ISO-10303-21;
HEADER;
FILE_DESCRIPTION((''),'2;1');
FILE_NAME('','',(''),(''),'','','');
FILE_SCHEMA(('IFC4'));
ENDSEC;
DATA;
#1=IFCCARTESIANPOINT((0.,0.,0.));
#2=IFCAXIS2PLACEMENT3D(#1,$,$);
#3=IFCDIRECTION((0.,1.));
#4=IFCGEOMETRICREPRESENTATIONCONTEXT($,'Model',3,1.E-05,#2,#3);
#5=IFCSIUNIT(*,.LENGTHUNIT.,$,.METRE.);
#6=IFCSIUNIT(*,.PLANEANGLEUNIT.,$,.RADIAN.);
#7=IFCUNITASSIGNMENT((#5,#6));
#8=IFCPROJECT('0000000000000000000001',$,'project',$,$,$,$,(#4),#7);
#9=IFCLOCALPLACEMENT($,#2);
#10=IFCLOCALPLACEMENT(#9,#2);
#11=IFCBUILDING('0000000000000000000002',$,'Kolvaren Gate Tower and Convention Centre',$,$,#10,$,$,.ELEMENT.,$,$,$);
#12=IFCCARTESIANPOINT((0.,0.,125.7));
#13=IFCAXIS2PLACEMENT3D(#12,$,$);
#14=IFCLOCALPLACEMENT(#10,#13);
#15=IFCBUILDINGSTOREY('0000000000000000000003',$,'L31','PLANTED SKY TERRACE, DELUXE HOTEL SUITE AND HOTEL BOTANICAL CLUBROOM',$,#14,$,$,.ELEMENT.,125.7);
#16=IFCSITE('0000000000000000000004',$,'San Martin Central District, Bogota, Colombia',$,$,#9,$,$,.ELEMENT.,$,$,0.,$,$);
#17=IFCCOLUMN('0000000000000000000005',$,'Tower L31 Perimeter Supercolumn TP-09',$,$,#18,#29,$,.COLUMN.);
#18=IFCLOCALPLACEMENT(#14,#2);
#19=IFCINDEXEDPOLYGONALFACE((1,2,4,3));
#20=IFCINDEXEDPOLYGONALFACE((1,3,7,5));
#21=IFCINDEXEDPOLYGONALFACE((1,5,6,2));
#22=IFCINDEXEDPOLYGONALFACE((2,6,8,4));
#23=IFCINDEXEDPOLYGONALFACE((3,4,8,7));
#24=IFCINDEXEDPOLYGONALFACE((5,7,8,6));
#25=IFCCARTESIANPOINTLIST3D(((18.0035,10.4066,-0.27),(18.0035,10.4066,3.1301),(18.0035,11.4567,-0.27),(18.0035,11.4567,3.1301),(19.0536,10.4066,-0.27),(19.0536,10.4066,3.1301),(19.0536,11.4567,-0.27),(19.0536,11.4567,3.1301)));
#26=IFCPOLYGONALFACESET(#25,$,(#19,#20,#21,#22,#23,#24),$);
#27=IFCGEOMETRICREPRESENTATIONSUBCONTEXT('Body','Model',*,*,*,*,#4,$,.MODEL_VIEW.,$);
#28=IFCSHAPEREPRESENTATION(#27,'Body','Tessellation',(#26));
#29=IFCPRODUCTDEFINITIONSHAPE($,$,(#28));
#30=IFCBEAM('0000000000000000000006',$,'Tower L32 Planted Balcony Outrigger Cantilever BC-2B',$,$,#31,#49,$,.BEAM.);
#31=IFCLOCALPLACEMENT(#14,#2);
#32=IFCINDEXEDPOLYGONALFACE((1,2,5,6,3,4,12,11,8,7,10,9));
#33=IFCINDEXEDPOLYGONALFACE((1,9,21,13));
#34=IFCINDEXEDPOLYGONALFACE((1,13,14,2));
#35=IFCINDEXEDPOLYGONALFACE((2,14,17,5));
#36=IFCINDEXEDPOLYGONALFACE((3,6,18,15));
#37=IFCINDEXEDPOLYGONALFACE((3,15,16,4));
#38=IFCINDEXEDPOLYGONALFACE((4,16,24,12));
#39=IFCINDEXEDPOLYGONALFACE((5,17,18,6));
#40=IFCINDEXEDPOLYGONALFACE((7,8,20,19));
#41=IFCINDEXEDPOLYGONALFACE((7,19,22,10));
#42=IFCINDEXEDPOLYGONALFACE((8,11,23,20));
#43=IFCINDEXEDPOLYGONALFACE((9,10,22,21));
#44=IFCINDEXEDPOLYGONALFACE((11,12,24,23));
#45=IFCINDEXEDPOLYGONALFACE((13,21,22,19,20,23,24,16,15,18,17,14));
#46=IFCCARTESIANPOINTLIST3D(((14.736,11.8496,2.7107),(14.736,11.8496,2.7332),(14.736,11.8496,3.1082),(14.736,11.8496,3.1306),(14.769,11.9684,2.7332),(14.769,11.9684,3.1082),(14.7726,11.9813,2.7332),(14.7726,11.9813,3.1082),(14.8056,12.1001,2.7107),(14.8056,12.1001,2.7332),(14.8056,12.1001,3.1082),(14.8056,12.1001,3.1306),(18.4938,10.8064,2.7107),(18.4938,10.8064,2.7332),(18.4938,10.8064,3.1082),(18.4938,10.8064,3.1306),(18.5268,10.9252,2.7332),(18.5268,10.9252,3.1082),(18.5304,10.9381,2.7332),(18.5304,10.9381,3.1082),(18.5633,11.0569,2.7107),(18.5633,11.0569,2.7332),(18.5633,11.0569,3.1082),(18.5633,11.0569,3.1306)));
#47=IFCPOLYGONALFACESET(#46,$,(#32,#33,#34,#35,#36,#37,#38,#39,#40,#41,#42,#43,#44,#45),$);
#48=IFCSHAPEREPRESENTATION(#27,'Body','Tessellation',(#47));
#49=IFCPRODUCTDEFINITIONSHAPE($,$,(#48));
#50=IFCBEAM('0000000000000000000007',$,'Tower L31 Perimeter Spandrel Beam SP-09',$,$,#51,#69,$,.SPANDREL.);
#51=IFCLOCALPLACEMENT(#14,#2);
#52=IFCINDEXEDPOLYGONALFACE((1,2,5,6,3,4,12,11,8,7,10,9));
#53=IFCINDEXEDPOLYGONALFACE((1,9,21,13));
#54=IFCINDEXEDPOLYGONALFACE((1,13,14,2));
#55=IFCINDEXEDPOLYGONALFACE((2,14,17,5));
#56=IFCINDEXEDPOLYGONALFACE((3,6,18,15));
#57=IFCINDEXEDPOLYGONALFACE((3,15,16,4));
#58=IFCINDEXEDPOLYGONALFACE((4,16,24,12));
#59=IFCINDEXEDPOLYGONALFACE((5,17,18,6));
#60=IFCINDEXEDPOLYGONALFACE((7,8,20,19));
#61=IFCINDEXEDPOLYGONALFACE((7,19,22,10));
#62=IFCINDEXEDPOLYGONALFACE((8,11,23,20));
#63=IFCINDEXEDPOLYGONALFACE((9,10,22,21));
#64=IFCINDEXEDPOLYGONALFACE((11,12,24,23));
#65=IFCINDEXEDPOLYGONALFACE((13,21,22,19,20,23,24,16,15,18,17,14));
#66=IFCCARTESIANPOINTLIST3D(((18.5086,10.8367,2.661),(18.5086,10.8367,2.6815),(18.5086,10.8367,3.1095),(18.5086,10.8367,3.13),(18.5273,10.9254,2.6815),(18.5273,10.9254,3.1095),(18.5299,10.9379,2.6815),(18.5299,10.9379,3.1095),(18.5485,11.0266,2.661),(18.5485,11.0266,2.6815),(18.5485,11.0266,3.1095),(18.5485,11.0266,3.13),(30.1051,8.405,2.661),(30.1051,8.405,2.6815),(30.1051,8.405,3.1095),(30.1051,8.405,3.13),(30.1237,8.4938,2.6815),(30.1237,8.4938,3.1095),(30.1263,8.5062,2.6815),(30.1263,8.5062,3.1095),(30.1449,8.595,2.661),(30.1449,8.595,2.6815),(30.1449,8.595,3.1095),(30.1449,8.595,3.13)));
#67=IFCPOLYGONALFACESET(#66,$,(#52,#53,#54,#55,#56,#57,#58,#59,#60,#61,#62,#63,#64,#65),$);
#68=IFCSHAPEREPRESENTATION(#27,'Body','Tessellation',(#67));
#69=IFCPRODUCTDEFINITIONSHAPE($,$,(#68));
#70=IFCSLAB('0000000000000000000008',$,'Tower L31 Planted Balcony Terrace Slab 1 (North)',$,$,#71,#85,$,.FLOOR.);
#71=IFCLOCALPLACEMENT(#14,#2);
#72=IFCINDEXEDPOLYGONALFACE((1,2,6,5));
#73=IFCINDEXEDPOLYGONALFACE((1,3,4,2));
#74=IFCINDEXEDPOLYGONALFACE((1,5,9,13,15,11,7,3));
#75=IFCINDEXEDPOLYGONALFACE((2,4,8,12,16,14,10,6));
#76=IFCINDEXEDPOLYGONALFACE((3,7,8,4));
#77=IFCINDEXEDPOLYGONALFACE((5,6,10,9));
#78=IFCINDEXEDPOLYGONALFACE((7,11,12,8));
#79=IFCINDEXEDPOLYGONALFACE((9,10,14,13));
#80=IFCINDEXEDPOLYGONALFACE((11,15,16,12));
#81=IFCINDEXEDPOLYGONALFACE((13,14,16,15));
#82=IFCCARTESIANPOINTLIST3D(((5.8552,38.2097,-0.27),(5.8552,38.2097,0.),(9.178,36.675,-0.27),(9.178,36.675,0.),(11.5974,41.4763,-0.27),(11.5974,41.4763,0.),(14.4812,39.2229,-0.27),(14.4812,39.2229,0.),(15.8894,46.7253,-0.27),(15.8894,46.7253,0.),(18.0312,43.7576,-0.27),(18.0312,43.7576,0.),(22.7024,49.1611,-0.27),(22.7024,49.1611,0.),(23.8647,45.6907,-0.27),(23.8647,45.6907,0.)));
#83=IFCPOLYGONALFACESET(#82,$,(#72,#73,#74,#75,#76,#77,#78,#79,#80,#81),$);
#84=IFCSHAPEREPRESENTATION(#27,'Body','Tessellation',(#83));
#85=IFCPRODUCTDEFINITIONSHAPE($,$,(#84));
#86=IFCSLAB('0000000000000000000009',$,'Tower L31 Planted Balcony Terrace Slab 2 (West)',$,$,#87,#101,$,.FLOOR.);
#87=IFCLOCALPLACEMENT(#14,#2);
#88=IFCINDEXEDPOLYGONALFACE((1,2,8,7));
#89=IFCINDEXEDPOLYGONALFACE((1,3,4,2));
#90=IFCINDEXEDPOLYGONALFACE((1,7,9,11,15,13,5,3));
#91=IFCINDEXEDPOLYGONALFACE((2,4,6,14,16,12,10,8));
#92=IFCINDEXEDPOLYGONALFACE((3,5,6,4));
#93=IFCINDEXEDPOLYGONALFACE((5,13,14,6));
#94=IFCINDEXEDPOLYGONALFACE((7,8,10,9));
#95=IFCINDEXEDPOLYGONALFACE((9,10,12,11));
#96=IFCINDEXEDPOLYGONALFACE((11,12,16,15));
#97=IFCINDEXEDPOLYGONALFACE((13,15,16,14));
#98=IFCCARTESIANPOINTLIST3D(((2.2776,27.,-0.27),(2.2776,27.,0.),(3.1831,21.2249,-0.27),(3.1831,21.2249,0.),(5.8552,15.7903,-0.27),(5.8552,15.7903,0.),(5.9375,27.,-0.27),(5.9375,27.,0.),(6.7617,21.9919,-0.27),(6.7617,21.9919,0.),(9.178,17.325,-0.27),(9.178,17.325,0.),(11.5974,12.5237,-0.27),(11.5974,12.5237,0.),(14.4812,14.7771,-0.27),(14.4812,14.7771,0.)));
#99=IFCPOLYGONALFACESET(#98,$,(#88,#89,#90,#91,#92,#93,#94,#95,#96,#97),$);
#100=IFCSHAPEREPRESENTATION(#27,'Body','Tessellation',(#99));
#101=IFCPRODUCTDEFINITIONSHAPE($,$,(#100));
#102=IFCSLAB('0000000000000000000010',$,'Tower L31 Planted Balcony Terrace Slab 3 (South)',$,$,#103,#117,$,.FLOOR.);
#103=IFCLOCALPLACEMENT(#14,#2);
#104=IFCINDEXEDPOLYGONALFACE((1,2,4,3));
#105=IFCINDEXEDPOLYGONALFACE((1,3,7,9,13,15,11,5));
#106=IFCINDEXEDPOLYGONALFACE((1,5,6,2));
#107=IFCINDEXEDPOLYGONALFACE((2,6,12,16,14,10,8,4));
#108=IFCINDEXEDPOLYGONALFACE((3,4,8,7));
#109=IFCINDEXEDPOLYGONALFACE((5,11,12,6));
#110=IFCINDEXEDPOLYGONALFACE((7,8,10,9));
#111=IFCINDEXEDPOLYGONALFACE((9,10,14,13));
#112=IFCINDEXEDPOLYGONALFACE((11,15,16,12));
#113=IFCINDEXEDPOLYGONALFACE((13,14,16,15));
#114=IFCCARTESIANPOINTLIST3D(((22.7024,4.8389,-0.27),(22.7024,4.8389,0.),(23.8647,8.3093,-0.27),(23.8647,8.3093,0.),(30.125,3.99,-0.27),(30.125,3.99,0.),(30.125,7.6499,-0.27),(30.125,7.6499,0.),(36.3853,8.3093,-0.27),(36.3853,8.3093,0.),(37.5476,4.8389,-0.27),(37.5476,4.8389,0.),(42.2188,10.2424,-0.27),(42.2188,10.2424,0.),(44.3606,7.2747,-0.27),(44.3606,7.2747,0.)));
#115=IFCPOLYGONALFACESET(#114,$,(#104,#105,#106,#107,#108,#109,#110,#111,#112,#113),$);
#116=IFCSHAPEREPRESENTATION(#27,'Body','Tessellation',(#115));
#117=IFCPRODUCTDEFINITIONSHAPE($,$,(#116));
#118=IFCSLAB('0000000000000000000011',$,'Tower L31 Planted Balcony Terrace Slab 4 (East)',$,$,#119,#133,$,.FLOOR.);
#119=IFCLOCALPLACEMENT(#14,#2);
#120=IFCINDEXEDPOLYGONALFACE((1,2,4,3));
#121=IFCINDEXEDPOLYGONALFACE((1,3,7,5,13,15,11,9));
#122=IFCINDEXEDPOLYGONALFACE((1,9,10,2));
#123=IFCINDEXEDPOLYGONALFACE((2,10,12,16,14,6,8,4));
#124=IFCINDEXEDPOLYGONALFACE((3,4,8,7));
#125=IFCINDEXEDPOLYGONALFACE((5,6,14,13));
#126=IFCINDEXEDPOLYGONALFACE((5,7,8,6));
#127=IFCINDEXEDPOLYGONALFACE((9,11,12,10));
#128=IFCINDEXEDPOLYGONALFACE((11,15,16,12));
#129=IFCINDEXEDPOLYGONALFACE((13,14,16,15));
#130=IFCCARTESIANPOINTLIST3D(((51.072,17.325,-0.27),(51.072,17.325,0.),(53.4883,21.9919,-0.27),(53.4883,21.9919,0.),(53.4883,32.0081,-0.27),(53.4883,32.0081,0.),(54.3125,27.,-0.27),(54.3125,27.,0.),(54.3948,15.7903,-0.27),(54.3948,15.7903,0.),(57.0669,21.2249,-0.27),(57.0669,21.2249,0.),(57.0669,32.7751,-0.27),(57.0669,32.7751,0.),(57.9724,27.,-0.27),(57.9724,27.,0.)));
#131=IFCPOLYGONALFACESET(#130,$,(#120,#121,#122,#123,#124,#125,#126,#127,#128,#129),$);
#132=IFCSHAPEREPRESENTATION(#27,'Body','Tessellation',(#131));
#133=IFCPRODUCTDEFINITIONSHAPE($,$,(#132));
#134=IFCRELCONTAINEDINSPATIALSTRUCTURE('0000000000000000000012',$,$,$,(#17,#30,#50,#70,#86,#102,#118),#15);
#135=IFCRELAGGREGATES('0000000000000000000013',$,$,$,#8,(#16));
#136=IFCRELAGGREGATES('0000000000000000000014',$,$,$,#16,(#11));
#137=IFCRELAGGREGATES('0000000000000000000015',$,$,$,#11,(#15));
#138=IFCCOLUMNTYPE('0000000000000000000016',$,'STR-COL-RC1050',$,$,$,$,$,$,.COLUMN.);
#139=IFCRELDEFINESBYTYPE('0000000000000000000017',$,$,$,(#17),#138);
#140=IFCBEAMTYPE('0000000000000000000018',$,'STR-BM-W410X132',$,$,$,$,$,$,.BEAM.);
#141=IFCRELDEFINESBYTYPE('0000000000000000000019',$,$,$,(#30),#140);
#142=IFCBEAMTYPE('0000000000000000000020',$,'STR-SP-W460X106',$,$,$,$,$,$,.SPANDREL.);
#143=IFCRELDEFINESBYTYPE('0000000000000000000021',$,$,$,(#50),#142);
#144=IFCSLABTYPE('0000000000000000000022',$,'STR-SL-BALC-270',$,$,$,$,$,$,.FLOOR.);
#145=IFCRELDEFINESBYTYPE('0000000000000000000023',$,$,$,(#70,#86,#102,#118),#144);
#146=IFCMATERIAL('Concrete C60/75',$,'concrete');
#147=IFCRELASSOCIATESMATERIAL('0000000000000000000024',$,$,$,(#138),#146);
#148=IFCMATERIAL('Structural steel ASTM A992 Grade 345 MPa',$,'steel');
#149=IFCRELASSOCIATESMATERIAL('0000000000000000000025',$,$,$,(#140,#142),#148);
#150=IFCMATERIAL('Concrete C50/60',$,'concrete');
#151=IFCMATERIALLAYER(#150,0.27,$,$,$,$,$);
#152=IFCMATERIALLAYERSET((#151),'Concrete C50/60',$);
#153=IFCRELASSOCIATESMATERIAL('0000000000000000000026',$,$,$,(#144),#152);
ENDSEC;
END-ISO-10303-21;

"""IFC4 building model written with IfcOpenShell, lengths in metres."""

from ifc_helpers import new_model, si_unit, direction, frame, origin, origin_2d, place, context, subcontext, project, spatial, polyline, rectangle, i_section, outline, extrude, material, layer, layer_set, material_profile, profile_set, type_object, element, save


model = new_model("IFC4")

# Units and contexts
model_context = context("Model", 3, precision=1e-05, world=origin(), true_north=direction((0.0, 1.0)))
body_context = subcontext(model_context, "Body", "Model", "MODEL_VIEW")
ifc_project = project(units=[si_unit("LENGTHUNIT", "METRE"), si_unit("PLANEANGLEUNIT", "RADIAN")], contexts=[model_context])

# Site, building, storey
site_placement = place(None, origin())
site = spatial("IfcSite", under=ifc_project, at=site_placement, Name="San Martin Central District, Bogota, Colombia", CompositionType="ELEMENT", RefElevation=0.0)
building_placement = place(site_placement, origin())
building = spatial("IfcBuilding", under=site, at=building_placement, Name="Kolvaren Gate Tower and Convention Centre", CompositionType="ELEMENT")
storey_placement = place(building_placement, frame((0.0, 0.0, 125.7)))
storey = spatial("IfcBuildingStorey", under=building, at=storey_placement, Name="L31", Description="PLANTED SKY TERRACE, DELUXE HOTEL SUITE AND HOTEL BOTANICAL CLUBROOM", CompositionType="ELEMENT", Elevation=125.7)

# Column
ifc_material_1 = material(Name="Concrete C60/75", Category="concrete")
ifc_material_profile_1 = material_profile(ifc_material_1, rectangle(XDim=1.05, YDim=1.05, at=origin_2d()), Name="RC-COL-1050X1050")
ifc_profile_set_1 = profile_set([ifc_material_profile_1], Name="Concrete C60/75")
column_type = type_object("IfcColumnType", Name="STR-COL-RC1050", PredefinedType="COLUMN", material=ifc_profile_set_1)
column_placement = place(storey_placement, frame((18.5286, 10.9316, -0.27), z_axis=(0.0, 0.0, 1.0), x_axis=(1.0, 0.0, 0.0)))
element("IfcColumn", 1, at=column_placement, inside=storey, type_object=column_type, Name="Tower L31 Perimeter Supercolumn TP-09", PredefinedType="COLUMN", context=body_context, shape_type="SweptSolid", body=[
    extrude(rectangle(XDim=1.05, YDim=1.05, at=origin_2d()), origin(), (0.0, 0.0, 1.0), 3.4001),
])

# Beams
ifc_material_2 = material(Name="Structural steel ASTM A992 Grade 345 MPa", Category="steel")
ifc_material_profile_2 = material_profile(ifc_material_2, i_section(OverallWidth=0.26, OverallDepth=0.4199, WebThickness=0.0134, FlangeThickness=0.0225, at=origin_2d()), Name="W410X132")
ifc_profile_set_2 = profile_set([ifc_material_profile_2], Name="Structural steel ASTM A992 Grade 345 MPa")
beam_type_1 = type_object("IfcBeamType", Name="STR-BM-W410X132", PredefinedType="BEAM", material=ifc_profile_set_2)
beam_1_placement = place(storey_placement, frame((18.5286, 10.9316, 2.9207), z_axis=(-0.963559, 0.267495, 0.0), x_axis=(-0.267495, -0.963559, 0.0)))
element("IfcBeam", 2, at=beam_1_placement, inside=storey, type_object=beam_type_1, Name="Tower L32 Planted Balcony Outrigger Cantilever BC-2B", PredefinedType="BEAM", context=body_context, shape_type="SweptSolid", body=[
    extrude(i_section(OverallWidth=0.26, OverallDepth=0.4199, WebThickness=0.0134, FlangeThickness=0.0225, at=origin_2d()), origin(), (0.0, 0.0, 1.0), 3.8999),
])
ifc_material_profile_3 = material_profile(ifc_material_2, i_section(OverallWidth=0.1941, OverallDepth=0.469, WebThickness=0.0127, FlangeThickness=0.0205, at=origin_2d()), Name="W460X106")
ifc_profile_set_3 = profile_set([ifc_material_profile_3], Name="Structural steel ASTM A992 Grade 345 MPa")
beam_type_2 = type_object("IfcBeamType", Name="STR-SP-W460X106", PredefinedType="SPANDREL", material=ifc_profile_set_3)
beam_2_placement = place(storey_placement, frame((18.5286, 10.9316, 2.8955), z_axis=(0.978715, -0.205225, 0.0), x_axis=(0.205225, 0.978715, 0.0)))
element("IfcBeam", 3, at=beam_2_placement, inside=storey, type_object=beam_type_2, Name="Tower L31 Perimeter Spandrel Beam SP-09", PredefinedType="SPANDREL", context=body_context, shape_type="SweptSolid", body=[
    extrude(i_section(OverallWidth=0.1941, OverallDepth=0.469, WebThickness=0.0127, FlangeThickness=0.0205, at=origin_2d()), origin(), (0.0, 0.0, 1.0), 11.8486),
])

# Slabs
ifc_material_3 = material(Name="Concrete C50/60", Category="concrete")
ifc_layer_1 = layer(ifc_material_3, 0.27)
ifc_layer_set_1 = layer_set([ifc_layer_1], Name="Concrete C50/60")
slab_type_1 = type_object("IfcSlabType", Name="STR-SL-BALC-270", PredefinedType="FLOOR", material=ifc_layer_set_1)
slab_1_placement = place(storey_placement, frame((0.0, 0.0, -0.27)))
element("IfcSlab", 4, at=slab_1_placement, inside=storey, type_object=slab_type_1, Name="Tower L31 Planted Balcony Terrace Slab 1 (North)", PredefinedType="FLOOR", context=body_context, shape_type="SweptSolid", body=[
    extrude(outline(polyline([(23.8647, 45.6907), (18.0312, 43.7576), (14.4812, 39.2229), (9.178, 36.675), (5.8552, 38.2097), (11.5974, 41.4763), (15.8894, 46.7253), (22.7024, 49.1611), (23.8647, 45.6907)])), origin(), (0.0, 0.0, 1.0), 0.27),
])
slab_2_placement = place(storey_placement, frame((0.0, 0.0, -0.27)))
element("IfcSlab", 5, at=slab_2_placement, inside=storey, type_object=slab_type_1, Name="Tower L31 Planted Balcony Terrace Slab 2 (West)", PredefinedType="FLOOR", context=body_context, shape_type="SweptSolid", body=[
    extrude(outline(polyline([(5.9375, 27.0), (6.7617, 21.9919), (9.178, 17.325), (14.4812, 14.7771), (11.5974, 12.5237), (5.8552, 15.7903), (3.1831, 21.2249), (2.2776, 27.0), (5.9375, 27.0)])), origin(), (0.0, 0.0, 1.0), 0.27),
])
slab_3_placement = place(storey_placement, frame((0.0, 0.0, -0.27)))
element("IfcSlab", 6, at=slab_3_placement, inside=storey, type_object=slab_type_1, Name="Tower L31 Planted Balcony Terrace Slab 3 (South)", PredefinedType="FLOOR", context=body_context, shape_type="SweptSolid", body=[
    extrude(outline(polyline([(23.8647, 8.3093), (30.125, 7.6499), (36.3853, 8.3093), (42.2188, 10.2424), (44.3606, 7.2747), (37.5476, 4.8389), (30.125, 3.99), (22.7024, 4.8389), (23.8647, 8.3093)])), origin(), (0.0, 0.0, 1.0), 0.27),
])
slab_4_placement = place(storey_placement, frame((0.0, 0.0, -0.27)))
element("IfcSlab", 7, at=slab_4_placement, inside=storey, type_object=slab_type_1, Name="Tower L31 Planted Balcony Terrace Slab 4 (East)", PredefinedType="FLOOR", context=body_context, shape_type="SweptSolid", body=[
    extrude(outline(polyline([(51.072, 17.325), (53.4883, 21.9919), (54.3125, 27.0), (53.4883, 32.0081), (57.0669, 32.7751), (57.9724, 27.0), (57.0669, 21.2249), (54.3948, 15.7903), (51.072, 17.325)])), origin(), (0.0, 0.0, 1.0), 0.27),
])

save(model, "model.ifc")
